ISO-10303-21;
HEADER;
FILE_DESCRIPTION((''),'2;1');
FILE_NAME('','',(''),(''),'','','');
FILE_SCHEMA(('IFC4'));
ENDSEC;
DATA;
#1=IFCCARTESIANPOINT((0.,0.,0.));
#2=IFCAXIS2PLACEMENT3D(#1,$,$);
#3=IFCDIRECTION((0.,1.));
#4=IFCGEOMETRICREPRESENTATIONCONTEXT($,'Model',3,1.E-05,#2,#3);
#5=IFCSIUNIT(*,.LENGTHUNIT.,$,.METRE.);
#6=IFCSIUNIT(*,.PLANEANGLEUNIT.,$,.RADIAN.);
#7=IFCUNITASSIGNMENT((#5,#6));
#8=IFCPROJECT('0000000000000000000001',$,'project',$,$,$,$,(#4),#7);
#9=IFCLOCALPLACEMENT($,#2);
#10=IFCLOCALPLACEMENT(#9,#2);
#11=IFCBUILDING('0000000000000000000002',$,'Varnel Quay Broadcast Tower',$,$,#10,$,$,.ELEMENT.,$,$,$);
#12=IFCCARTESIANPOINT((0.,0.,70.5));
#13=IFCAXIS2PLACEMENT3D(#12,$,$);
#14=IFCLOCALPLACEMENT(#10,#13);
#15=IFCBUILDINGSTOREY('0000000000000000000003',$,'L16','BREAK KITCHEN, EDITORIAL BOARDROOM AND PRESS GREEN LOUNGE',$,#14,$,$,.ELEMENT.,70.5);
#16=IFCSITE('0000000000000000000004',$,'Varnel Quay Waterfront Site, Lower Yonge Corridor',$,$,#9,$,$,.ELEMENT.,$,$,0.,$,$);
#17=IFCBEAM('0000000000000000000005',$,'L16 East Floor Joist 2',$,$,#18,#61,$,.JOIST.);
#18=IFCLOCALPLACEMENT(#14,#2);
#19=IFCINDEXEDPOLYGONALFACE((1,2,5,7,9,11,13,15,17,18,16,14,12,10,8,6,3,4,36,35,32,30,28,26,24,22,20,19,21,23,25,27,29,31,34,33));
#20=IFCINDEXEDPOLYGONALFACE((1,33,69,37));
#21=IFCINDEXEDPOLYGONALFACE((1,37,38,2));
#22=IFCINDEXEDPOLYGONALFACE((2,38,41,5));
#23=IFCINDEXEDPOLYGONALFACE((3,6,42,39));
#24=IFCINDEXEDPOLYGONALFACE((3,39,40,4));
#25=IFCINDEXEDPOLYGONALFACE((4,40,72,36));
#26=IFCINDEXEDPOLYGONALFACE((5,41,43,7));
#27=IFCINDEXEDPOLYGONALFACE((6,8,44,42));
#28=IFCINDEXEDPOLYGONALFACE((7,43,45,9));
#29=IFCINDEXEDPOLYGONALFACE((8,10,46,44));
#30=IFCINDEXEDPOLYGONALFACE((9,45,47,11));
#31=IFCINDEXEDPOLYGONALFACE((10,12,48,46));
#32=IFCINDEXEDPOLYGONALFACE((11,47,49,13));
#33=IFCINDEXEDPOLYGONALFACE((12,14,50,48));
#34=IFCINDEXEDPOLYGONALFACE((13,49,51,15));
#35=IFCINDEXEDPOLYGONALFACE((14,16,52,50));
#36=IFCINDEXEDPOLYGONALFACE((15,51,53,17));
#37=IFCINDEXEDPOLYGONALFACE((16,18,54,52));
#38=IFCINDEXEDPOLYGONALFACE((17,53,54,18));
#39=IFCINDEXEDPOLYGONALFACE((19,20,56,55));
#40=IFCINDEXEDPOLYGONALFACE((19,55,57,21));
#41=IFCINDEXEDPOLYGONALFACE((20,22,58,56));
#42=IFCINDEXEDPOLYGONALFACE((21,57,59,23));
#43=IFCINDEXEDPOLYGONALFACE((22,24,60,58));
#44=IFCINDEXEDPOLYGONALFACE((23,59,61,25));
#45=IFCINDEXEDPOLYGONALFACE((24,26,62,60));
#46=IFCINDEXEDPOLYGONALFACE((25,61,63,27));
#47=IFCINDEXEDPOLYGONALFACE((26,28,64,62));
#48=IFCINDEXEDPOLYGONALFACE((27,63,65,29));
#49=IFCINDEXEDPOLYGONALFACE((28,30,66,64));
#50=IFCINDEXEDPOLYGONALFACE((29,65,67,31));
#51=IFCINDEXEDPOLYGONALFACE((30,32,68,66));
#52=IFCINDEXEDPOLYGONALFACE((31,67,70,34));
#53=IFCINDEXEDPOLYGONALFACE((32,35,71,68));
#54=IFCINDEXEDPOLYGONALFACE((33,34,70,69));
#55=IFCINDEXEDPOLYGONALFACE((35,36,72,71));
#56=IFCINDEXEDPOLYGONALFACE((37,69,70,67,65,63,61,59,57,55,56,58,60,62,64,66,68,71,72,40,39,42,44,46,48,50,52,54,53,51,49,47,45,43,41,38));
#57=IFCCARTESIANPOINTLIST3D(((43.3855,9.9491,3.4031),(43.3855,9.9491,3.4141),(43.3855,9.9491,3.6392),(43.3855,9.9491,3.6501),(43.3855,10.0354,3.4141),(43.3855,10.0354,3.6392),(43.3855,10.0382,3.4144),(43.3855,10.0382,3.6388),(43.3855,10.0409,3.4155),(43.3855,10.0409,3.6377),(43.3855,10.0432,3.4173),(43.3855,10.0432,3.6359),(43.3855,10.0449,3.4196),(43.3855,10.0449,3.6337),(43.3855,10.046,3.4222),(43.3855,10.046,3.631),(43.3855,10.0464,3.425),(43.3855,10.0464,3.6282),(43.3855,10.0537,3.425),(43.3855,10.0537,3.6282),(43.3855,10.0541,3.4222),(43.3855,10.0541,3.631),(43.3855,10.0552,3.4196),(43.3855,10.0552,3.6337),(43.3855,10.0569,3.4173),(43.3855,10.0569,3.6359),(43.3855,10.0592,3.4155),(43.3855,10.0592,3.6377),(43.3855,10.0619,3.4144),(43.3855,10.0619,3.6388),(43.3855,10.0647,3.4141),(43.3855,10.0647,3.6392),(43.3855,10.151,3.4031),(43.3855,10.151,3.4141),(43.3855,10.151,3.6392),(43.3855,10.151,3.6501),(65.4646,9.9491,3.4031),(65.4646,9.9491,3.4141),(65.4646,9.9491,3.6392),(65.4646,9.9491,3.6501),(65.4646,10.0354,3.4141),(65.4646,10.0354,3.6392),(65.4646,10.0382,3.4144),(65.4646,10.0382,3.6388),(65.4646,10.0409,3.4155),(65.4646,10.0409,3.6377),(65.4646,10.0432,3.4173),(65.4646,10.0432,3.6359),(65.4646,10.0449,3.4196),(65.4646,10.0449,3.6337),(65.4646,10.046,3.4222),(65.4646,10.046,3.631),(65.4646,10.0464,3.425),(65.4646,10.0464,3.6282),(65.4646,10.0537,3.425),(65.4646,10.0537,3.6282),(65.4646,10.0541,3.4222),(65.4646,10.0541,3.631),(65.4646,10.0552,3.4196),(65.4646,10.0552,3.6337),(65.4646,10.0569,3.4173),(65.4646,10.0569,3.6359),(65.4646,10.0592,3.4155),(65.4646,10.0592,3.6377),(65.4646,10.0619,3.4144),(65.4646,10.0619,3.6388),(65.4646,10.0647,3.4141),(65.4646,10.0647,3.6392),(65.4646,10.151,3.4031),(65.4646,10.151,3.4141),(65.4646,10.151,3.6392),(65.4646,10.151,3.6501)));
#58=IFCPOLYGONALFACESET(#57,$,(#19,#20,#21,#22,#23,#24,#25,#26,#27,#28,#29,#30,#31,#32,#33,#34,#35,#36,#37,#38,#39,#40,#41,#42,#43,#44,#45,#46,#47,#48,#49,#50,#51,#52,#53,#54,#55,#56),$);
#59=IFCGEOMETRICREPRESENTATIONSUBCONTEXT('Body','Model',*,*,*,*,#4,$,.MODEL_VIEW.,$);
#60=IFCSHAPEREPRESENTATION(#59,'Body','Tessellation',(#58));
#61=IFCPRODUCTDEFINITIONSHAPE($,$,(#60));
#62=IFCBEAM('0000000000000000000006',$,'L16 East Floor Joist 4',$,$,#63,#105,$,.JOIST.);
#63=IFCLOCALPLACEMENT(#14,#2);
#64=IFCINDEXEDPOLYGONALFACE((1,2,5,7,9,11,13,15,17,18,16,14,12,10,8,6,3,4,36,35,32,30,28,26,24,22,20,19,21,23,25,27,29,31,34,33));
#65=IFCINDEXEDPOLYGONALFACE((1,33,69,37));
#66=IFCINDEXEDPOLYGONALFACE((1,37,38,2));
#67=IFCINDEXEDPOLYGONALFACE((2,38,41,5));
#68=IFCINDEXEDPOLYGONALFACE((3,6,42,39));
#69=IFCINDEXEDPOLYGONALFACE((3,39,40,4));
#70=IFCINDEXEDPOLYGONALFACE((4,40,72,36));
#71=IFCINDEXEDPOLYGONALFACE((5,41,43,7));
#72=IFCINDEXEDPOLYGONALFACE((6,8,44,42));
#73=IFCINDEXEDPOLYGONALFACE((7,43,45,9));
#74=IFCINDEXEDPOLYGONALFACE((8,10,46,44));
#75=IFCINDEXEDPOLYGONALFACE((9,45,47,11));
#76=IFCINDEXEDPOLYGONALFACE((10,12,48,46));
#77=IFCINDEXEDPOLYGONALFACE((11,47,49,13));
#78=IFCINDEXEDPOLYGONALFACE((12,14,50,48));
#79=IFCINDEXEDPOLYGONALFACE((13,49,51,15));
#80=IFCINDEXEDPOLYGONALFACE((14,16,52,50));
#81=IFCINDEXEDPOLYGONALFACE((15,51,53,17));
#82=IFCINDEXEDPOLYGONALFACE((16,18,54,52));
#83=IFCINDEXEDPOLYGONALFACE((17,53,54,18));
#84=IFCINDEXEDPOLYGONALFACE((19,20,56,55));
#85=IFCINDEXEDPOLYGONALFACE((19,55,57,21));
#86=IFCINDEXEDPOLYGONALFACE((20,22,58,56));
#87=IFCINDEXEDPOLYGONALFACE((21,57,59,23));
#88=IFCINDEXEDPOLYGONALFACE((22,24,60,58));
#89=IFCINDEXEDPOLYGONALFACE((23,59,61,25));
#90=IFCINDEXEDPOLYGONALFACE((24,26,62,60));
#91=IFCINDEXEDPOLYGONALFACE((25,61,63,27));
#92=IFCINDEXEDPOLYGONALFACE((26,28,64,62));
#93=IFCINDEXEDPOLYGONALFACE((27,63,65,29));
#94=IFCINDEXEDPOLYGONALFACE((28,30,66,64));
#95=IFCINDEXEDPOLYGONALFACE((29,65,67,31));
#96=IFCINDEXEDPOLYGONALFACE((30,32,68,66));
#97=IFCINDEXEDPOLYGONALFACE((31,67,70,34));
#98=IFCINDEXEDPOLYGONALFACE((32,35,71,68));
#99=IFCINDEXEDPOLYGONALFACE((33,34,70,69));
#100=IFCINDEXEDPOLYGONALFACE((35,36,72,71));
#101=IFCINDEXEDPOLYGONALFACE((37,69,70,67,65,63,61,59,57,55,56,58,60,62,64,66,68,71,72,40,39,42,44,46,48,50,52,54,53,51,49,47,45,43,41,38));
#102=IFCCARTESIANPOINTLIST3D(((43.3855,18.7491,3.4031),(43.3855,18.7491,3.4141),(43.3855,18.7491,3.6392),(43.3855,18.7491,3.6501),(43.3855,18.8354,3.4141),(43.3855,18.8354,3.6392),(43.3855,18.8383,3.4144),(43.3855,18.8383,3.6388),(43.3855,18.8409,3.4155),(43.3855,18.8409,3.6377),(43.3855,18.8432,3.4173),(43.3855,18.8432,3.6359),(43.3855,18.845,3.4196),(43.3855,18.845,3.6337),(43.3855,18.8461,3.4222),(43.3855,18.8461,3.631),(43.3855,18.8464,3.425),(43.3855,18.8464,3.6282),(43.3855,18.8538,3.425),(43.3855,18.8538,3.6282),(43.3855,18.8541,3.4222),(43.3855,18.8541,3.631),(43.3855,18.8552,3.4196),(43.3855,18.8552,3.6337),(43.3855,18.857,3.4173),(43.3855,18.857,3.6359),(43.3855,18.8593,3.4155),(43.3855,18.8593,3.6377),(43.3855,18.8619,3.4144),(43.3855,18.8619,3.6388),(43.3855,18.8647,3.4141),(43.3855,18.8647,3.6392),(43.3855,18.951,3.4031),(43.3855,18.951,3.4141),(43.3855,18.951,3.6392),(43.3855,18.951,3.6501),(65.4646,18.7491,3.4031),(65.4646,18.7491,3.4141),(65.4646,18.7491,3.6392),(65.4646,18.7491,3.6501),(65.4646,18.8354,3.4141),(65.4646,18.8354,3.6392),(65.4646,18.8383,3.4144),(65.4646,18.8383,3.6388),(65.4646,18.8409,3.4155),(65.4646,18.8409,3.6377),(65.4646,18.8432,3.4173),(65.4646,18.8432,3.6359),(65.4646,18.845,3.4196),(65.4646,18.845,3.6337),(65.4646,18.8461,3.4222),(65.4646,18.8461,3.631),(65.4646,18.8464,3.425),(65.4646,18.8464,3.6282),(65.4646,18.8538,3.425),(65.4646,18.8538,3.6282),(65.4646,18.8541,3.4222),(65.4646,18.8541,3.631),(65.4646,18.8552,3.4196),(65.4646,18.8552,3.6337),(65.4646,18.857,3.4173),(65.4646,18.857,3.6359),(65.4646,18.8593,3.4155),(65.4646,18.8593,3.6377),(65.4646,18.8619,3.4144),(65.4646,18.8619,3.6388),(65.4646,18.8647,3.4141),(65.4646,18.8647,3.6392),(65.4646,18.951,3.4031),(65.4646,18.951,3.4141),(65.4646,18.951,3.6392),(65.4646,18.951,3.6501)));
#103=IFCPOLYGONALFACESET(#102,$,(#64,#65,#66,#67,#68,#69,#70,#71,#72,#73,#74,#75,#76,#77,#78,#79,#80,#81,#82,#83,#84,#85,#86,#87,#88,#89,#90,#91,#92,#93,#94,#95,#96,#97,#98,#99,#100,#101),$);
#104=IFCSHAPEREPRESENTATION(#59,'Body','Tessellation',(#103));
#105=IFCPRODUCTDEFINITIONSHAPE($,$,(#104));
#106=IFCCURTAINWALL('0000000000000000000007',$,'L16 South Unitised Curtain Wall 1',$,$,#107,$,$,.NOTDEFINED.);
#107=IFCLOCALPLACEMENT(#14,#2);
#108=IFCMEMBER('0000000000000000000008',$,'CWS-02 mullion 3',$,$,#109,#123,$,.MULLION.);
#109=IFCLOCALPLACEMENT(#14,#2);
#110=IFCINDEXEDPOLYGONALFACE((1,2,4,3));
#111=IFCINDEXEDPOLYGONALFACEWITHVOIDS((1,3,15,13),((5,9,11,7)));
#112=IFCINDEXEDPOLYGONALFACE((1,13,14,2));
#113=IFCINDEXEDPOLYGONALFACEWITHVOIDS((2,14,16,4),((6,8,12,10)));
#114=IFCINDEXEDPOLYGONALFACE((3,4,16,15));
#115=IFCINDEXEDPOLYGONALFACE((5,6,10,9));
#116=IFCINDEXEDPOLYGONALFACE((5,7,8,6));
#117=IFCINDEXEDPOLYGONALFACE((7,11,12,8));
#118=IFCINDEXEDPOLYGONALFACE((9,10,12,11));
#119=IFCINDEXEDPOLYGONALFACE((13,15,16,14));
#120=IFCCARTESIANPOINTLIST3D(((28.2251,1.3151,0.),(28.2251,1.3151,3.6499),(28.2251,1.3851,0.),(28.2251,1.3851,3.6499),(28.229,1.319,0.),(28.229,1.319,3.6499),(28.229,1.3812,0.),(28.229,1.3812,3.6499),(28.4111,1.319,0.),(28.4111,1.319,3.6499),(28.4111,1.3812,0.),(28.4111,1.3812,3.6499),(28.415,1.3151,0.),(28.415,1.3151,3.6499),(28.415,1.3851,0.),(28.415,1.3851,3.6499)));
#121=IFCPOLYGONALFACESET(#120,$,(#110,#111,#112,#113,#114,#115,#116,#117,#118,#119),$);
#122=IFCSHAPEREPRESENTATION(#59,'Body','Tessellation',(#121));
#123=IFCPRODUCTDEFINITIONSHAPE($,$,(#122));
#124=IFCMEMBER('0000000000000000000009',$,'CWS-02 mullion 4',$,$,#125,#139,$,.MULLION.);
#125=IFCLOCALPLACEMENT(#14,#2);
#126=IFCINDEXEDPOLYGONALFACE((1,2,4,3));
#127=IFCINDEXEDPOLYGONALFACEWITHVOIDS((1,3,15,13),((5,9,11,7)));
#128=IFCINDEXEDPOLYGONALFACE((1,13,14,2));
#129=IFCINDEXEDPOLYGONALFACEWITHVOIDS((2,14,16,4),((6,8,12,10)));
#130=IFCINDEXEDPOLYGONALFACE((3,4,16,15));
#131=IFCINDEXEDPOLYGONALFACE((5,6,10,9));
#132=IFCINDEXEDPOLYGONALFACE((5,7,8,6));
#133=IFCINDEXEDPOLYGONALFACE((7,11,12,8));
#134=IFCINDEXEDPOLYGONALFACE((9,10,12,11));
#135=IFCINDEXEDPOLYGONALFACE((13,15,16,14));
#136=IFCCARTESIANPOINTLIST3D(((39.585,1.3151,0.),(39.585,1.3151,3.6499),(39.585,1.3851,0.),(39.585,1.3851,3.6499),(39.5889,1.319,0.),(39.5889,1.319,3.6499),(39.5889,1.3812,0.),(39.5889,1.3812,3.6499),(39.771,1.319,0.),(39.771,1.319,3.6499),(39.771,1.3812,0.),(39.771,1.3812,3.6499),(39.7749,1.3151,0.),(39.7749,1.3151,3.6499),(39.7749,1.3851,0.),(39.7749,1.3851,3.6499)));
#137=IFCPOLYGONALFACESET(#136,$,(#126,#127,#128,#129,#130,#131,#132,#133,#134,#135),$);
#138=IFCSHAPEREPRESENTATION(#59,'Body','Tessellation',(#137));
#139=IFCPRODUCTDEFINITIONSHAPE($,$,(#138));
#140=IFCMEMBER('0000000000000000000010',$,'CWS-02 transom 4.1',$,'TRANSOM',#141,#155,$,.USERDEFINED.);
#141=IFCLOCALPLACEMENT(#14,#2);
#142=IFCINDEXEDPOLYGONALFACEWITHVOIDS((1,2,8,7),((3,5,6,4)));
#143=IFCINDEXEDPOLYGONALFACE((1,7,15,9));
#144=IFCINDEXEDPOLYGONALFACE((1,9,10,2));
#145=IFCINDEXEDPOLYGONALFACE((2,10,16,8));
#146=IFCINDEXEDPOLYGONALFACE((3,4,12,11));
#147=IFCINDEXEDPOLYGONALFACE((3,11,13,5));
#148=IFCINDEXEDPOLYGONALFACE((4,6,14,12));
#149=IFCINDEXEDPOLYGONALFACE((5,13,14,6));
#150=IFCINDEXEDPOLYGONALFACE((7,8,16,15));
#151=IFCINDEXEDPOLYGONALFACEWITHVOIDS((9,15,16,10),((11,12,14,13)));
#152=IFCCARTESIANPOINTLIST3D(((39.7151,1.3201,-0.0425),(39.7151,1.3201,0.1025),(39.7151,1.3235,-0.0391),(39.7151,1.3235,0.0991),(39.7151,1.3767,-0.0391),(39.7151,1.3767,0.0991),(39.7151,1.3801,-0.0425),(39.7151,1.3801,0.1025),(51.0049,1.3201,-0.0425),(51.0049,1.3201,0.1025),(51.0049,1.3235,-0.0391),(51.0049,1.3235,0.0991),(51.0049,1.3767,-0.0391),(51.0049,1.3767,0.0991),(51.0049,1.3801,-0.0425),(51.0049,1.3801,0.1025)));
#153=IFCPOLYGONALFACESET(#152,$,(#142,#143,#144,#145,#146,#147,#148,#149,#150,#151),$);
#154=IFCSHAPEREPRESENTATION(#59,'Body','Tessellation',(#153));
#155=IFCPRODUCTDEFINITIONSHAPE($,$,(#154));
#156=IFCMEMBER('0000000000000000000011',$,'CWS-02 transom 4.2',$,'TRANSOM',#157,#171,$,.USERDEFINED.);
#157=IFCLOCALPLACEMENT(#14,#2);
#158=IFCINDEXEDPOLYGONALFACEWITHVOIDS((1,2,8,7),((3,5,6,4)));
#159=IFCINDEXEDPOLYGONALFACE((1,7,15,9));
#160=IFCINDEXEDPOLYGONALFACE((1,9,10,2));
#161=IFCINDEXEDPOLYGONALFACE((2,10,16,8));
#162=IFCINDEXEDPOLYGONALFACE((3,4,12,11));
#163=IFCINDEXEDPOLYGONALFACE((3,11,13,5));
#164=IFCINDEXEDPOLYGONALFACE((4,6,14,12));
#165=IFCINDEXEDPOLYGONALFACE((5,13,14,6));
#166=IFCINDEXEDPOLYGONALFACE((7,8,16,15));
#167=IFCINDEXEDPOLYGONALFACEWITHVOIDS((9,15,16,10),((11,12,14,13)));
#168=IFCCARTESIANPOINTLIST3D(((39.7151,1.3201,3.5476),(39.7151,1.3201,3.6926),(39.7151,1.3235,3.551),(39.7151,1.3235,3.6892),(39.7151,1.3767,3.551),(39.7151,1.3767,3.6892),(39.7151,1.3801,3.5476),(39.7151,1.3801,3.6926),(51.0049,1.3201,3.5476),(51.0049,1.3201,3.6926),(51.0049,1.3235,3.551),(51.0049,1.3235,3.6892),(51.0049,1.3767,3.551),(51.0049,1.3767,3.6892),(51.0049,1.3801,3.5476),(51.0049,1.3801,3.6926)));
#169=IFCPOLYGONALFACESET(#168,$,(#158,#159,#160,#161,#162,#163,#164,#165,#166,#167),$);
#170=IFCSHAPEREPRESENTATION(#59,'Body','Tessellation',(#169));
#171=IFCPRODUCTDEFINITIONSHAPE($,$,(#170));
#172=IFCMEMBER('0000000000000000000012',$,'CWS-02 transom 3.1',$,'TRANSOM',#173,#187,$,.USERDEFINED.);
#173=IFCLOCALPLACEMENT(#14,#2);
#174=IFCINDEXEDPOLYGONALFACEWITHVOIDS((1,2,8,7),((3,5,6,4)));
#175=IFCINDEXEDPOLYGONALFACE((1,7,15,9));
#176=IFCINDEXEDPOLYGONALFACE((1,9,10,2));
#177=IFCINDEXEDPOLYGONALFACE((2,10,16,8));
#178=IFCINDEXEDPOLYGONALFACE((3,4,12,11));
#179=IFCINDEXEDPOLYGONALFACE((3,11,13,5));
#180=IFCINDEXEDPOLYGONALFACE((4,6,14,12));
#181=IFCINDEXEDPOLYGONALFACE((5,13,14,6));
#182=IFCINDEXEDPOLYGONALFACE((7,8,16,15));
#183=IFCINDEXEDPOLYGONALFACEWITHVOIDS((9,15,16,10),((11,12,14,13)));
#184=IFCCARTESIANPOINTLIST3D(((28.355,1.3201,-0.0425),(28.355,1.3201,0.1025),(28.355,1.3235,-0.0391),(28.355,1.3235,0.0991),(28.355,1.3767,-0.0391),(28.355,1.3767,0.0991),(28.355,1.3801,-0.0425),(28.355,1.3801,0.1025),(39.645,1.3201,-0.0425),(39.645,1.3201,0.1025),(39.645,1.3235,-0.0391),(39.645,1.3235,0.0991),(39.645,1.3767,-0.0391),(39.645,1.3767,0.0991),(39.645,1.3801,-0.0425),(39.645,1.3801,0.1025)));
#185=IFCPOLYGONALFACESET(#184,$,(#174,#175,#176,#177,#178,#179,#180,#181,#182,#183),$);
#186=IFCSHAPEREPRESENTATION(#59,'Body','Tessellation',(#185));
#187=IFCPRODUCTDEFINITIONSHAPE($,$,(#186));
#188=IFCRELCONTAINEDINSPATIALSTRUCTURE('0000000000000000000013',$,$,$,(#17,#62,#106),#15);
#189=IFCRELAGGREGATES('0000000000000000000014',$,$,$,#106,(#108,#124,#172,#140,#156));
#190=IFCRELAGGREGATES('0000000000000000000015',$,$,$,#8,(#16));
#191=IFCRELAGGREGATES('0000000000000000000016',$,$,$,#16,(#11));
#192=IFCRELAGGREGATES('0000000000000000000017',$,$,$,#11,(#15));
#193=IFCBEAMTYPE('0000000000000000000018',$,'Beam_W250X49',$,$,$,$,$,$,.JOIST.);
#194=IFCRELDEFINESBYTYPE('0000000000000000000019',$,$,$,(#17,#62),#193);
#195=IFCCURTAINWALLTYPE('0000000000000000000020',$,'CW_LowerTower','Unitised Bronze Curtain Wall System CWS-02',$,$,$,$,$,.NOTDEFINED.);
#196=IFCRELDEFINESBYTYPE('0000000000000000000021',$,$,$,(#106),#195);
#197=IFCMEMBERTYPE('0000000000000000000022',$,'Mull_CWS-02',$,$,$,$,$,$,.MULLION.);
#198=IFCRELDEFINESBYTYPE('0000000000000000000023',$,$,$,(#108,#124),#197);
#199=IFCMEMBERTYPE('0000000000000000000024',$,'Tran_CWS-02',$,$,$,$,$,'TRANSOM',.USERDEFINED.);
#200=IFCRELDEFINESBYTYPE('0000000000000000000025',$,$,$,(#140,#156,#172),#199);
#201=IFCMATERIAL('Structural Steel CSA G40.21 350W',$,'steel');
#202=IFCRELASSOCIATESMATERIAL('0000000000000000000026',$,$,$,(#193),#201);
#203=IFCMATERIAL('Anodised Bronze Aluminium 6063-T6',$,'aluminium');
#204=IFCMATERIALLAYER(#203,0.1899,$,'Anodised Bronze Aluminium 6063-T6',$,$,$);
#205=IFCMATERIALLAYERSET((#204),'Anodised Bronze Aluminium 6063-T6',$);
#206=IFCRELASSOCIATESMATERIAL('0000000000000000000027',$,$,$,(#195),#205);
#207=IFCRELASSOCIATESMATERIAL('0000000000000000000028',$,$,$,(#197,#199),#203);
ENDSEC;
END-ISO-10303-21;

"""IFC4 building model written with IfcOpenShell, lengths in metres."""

from ifc_helpers import new_model, si_unit, direction, frame, origin, origin_2d, place, context, subcontext, project, spatial, hollow_rectangle, i_section, extrude, source, transform, mapped, material, layer, layer_set, material_profile, profile_set, type_object, type_shapes, element, aggregate, save


model = new_model("IFC4")

# Units and contexts
model_context = context("Model", 3, precision=1e-05, world=origin(), true_north=direction((0.0, 1.0)))
body_context = subcontext(model_context, "Body", "Model", "MODEL_VIEW")
ifc_project = project(units=[si_unit("LENGTHUNIT", "METRE"), si_unit("PLANEANGLEUNIT", "RADIAN")], contexts=[model_context])

# Site, building, storey
site_placement = place(None, origin())
site = spatial("IfcSite", under=ifc_project, at=site_placement, Name="Varnel Quay Waterfront Site, Lower Yonge Corridor", CompositionType="ELEMENT", RefElevation=0.0)
building_placement = place(site_placement, origin())
building = spatial("IfcBuilding", under=site, at=building_placement, Name="Varnel Quay Broadcast Tower", CompositionType="ELEMENT")
storey_placement = place(building_placement, frame((0.0, 0.0, 70.5)))
storey = spatial("IfcBuildingStorey", under=building, at=storey_placement, Name="L16", Description="BREAK KITCHEN, EDITORIAL BOARDROOM AND PRESS GREEN LOUNGE", CompositionType="ELEMENT", Elevation=70.5)

# Shared definitions
ifc_material_1 = material(Name="Structural Steel CSA G40.21 350W", Category="steel")

# Beams
ifc_material_profile_1 = material_profile(ifc_material_1, i_section(OverallWidth=0.2019, OverallDepth=0.2471, WebThickness=0.0073, FlangeThickness=0.011, FilletRadius=0.011, at=origin_2d()), Name="W250X49")
ifc_profile_set_1 = profile_set([ifc_material_profile_1], Name="Structural Steel CSA G40.21 350W")
beam_type_1 = type_object("IfcBeamType", Name="Beam_W250X49", PredefinedType="JOIST", material=ifc_profile_set_1)
shared_shape_1 = source(origin(), body_context, "Body", "SweptSolid", [
    extrude(i_section(OverallWidth=0.2019, OverallDepth=0.2471, WebThickness=0.0073, FlangeThickness=0.011, FilletRadius=0.011, at=origin_2d()), origin(), (0.0, 0.0, 1.0), 22.0791),
])
type_shapes(beam_type_1, [shared_shape_1])
for number, where, z_axis, x_axis, name in (
    (1, (43.3855, 10.05, 3.5266), (1.0, 0.0, 0.0), (0.0, 1.0, 0.0), "L16 East Floor Joist 2"),
    (2, (43.3855, 18.8501, 3.5266), (1.0, 0.0, 0.0), (0.0, 1.0, 0.0), "L16 East Floor Joist 4"),
):
    element("IfcBeam", number, at=place(storey_placement, frame(where, z_axis=z_axis, x_axis=x_axis)), inside=storey, type_object=beam_type_1, Name=name, PredefinedType="JOIST", context=body_context, shape_type="MappedRepresentation", body=[
        mapped(shared_shape_1, transform((0.0, 0.0, 0.0), x_axis=(1.0, 0.0, 0.0), y_axis=(0.0, 1.0, 0.0), z_axis=(0.0, 0.0, 1.0), scale=1.0)),
    ])

# Curtain wall, members
ifc_material_2 = material(Name="Anodised Bronze Aluminium 6063-T6", Category="aluminium")
ifc_layer_1 = layer(ifc_material_2, 0.1899, Name="Anodised Bronze Aluminium 6063-T6")
ifc_layer_set_1 = layer_set([ifc_layer_1], Name="Anodised Bronze Aluminium 6063-T6")
curtain_wall_type = type_object("IfcCurtainWallType", Name="CW_LowerTower", Description="Unitised Bronze Curtain Wall System CWS-02", PredefinedType="NOTDEFINED", material=ifc_layer_set_1)
curtain_wall_placement = place(storey_placement, origin())
curtain_wall = element("IfcCurtainWall", 3, at=curtain_wall_placement, inside=storey, type_object=curtain_wall_type, Name="L16 South Unitised Curtain Wall 1", PredefinedType="NOTDEFINED")
ifc_material_profile_2 = material_profile(ifc_material_2, hollow_rectangle(XDim=0.0701, YDim=0.1899, WallThickness=0.0039, at=origin_2d()), Name="ALU70X190X4")
ifc_profile_set_2 = profile_set([ifc_material_profile_2], Name="Anodised Bronze Aluminium 6063-T6")
member_type_1 = type_object("IfcMemberType", Name="Mull_CWS-02", PredefinedType="MULLION", material=ifc_profile_set_2)
shared_shape_2 = source(origin(), body_context, "Body", "SweptSolid", [
    extrude(hollow_rectangle(XDim=0.0701, YDim=0.1899, WallThickness=0.0039, at=origin_2d()), origin(), (0.0, 0.0, 1.0), 3.6499),
])
type_shapes(member_type_1, [shared_shape_2])
member_1_placement = place(storey_placement, frame((28.3201, 1.3501, 0.0), z_axis=(0.0, 0.0, 1.0), x_axis=(0.0, 1.0, 0.0)))
member_1 = element("IfcMember", 4, at=member_1_placement, type_object=member_type_1, Name="CWS-02 mullion 3", PredefinedType="MULLION", context=body_context, shape_type="MappedRepresentation", body=[
    mapped(shared_shape_2, transform((0.0, 0.0, 0.0), x_axis=(1.0, 0.0, 0.0), y_axis=(0.0, 1.0, 0.0), z_axis=(0.0, 0.0, 1.0), scale=1.0)),
])
member_2_placement = place(storey_placement, frame((39.6799, 1.3501, 0.0), z_axis=(0.0, 0.0, 1.0), x_axis=(0.0, 1.0, 0.0)))
member_2 = element("IfcMember", 5, at=member_2_placement, type_object=member_type_1, Name="CWS-02 mullion 4", PredefinedType="MULLION", context=body_context, shape_type="MappedRepresentation", body=[
    mapped(shared_shape_2, transform((0.0, 0.0, 0.0), x_axis=(1.0, 0.0, 0.0), y_axis=(0.0, 1.0, 0.0), z_axis=(0.0, 0.0, 1.0), scale=1.0)),
])
ifc_material_profile_3 = material_profile(ifc_material_2, hollow_rectangle(XDim=0.0601, YDim=0.145, WallThickness=0.0034, at=origin_2d()), Name="ALU60X145X3.5")
ifc_profile_set_3 = profile_set([ifc_material_profile_3], Name="Anodised Bronze Aluminium 6063-T6")
member_type_2 = type_object("IfcMemberType", Name="Tran_CWS-02", ElementType="TRANSOM", PredefinedType="USERDEFINED", material=ifc_profile_set_3)
shared_shape_3 = source(origin(), body_context, "Body", "SweptSolid", [
    extrude(hollow_rectangle(XDim=0.0601, YDim=0.145, WallThickness=0.0034, at=origin_2d()), origin(), (0.0, 0.0, 1.0), 11.2898),
])
member_3_placement = place(storey_placement, frame((39.7151, 1.3501, 0.03), z_axis=(1.0, 0.0, 0.0), x_axis=(0.0, 1.0, 0.0)))
member_3 = element("IfcMember", 6, at=member_3_placement, type_object=member_type_2, Name="CWS-02 transom 4.1", ObjectType="TRANSOM", PredefinedType="USERDEFINED", context=body_context, shape_type="MappedRepresentation", body=[
    mapped(shared_shape_3, transform((0.0, 0.0, 0.0), x_axis=(1.0, 0.0, 0.0), y_axis=(0.0, 1.0, 0.0), z_axis=(0.0, 0.0, 1.0), scale=1.0)),
])
member_4_placement = place(storey_placement, frame((39.7151, 1.3501, 3.6201), z_axis=(1.0, 0.0, 0.0), x_axis=(0.0, 1.0, 0.0)))
member_4 = element("IfcMember", 7, at=member_4_placement, type_object=member_type_2, Name="CWS-02 transom 4.2", ObjectType="TRANSOM", PredefinedType="USERDEFINED", context=body_context, shape_type="MappedRepresentation", body=[
    mapped(shared_shape_3, transform((0.0, 0.0, 0.0), x_axis=(1.0, 0.0, 0.0), y_axis=(0.0, 1.0, 0.0), z_axis=(0.0, 0.0, 1.0), scale=1.0)),
])
shared_shape_4 = source(origin(), body_context, "Body", "SweptSolid", [
    extrude(hollow_rectangle(XDim=0.0601, YDim=0.145, WallThickness=0.0034, at=origin_2d()), origin(), (0.0, 0.0, 1.0), 11.29),
])
type_shapes(member_type_2, [shared_shape_3, shared_shape_4])
member_5_placement = place(storey_placement, frame((28.355, 1.3501, 0.03), z_axis=(1.0, 0.0, 0.0), x_axis=(0.0, 1.0, 0.0)))
member_5 = element("IfcMember", 8, at=member_5_placement, type_object=member_type_2, Name="CWS-02 transom 3.1", ObjectType="TRANSOM", PredefinedType="USERDEFINED", context=body_context, shape_type="MappedRepresentation", body=[
    mapped(shared_shape_4, transform((0.0, 0.0, 0.0), x_axis=(1.0, 0.0, 0.0), y_axis=(0.0, 1.0, 0.0), z_axis=(0.0, 0.0, 1.0), scale=1.0)),
])

aggregate(curtain_wall, [member_1, member_2, member_5, member_3, member_4])

save(model, "model.ifc")
